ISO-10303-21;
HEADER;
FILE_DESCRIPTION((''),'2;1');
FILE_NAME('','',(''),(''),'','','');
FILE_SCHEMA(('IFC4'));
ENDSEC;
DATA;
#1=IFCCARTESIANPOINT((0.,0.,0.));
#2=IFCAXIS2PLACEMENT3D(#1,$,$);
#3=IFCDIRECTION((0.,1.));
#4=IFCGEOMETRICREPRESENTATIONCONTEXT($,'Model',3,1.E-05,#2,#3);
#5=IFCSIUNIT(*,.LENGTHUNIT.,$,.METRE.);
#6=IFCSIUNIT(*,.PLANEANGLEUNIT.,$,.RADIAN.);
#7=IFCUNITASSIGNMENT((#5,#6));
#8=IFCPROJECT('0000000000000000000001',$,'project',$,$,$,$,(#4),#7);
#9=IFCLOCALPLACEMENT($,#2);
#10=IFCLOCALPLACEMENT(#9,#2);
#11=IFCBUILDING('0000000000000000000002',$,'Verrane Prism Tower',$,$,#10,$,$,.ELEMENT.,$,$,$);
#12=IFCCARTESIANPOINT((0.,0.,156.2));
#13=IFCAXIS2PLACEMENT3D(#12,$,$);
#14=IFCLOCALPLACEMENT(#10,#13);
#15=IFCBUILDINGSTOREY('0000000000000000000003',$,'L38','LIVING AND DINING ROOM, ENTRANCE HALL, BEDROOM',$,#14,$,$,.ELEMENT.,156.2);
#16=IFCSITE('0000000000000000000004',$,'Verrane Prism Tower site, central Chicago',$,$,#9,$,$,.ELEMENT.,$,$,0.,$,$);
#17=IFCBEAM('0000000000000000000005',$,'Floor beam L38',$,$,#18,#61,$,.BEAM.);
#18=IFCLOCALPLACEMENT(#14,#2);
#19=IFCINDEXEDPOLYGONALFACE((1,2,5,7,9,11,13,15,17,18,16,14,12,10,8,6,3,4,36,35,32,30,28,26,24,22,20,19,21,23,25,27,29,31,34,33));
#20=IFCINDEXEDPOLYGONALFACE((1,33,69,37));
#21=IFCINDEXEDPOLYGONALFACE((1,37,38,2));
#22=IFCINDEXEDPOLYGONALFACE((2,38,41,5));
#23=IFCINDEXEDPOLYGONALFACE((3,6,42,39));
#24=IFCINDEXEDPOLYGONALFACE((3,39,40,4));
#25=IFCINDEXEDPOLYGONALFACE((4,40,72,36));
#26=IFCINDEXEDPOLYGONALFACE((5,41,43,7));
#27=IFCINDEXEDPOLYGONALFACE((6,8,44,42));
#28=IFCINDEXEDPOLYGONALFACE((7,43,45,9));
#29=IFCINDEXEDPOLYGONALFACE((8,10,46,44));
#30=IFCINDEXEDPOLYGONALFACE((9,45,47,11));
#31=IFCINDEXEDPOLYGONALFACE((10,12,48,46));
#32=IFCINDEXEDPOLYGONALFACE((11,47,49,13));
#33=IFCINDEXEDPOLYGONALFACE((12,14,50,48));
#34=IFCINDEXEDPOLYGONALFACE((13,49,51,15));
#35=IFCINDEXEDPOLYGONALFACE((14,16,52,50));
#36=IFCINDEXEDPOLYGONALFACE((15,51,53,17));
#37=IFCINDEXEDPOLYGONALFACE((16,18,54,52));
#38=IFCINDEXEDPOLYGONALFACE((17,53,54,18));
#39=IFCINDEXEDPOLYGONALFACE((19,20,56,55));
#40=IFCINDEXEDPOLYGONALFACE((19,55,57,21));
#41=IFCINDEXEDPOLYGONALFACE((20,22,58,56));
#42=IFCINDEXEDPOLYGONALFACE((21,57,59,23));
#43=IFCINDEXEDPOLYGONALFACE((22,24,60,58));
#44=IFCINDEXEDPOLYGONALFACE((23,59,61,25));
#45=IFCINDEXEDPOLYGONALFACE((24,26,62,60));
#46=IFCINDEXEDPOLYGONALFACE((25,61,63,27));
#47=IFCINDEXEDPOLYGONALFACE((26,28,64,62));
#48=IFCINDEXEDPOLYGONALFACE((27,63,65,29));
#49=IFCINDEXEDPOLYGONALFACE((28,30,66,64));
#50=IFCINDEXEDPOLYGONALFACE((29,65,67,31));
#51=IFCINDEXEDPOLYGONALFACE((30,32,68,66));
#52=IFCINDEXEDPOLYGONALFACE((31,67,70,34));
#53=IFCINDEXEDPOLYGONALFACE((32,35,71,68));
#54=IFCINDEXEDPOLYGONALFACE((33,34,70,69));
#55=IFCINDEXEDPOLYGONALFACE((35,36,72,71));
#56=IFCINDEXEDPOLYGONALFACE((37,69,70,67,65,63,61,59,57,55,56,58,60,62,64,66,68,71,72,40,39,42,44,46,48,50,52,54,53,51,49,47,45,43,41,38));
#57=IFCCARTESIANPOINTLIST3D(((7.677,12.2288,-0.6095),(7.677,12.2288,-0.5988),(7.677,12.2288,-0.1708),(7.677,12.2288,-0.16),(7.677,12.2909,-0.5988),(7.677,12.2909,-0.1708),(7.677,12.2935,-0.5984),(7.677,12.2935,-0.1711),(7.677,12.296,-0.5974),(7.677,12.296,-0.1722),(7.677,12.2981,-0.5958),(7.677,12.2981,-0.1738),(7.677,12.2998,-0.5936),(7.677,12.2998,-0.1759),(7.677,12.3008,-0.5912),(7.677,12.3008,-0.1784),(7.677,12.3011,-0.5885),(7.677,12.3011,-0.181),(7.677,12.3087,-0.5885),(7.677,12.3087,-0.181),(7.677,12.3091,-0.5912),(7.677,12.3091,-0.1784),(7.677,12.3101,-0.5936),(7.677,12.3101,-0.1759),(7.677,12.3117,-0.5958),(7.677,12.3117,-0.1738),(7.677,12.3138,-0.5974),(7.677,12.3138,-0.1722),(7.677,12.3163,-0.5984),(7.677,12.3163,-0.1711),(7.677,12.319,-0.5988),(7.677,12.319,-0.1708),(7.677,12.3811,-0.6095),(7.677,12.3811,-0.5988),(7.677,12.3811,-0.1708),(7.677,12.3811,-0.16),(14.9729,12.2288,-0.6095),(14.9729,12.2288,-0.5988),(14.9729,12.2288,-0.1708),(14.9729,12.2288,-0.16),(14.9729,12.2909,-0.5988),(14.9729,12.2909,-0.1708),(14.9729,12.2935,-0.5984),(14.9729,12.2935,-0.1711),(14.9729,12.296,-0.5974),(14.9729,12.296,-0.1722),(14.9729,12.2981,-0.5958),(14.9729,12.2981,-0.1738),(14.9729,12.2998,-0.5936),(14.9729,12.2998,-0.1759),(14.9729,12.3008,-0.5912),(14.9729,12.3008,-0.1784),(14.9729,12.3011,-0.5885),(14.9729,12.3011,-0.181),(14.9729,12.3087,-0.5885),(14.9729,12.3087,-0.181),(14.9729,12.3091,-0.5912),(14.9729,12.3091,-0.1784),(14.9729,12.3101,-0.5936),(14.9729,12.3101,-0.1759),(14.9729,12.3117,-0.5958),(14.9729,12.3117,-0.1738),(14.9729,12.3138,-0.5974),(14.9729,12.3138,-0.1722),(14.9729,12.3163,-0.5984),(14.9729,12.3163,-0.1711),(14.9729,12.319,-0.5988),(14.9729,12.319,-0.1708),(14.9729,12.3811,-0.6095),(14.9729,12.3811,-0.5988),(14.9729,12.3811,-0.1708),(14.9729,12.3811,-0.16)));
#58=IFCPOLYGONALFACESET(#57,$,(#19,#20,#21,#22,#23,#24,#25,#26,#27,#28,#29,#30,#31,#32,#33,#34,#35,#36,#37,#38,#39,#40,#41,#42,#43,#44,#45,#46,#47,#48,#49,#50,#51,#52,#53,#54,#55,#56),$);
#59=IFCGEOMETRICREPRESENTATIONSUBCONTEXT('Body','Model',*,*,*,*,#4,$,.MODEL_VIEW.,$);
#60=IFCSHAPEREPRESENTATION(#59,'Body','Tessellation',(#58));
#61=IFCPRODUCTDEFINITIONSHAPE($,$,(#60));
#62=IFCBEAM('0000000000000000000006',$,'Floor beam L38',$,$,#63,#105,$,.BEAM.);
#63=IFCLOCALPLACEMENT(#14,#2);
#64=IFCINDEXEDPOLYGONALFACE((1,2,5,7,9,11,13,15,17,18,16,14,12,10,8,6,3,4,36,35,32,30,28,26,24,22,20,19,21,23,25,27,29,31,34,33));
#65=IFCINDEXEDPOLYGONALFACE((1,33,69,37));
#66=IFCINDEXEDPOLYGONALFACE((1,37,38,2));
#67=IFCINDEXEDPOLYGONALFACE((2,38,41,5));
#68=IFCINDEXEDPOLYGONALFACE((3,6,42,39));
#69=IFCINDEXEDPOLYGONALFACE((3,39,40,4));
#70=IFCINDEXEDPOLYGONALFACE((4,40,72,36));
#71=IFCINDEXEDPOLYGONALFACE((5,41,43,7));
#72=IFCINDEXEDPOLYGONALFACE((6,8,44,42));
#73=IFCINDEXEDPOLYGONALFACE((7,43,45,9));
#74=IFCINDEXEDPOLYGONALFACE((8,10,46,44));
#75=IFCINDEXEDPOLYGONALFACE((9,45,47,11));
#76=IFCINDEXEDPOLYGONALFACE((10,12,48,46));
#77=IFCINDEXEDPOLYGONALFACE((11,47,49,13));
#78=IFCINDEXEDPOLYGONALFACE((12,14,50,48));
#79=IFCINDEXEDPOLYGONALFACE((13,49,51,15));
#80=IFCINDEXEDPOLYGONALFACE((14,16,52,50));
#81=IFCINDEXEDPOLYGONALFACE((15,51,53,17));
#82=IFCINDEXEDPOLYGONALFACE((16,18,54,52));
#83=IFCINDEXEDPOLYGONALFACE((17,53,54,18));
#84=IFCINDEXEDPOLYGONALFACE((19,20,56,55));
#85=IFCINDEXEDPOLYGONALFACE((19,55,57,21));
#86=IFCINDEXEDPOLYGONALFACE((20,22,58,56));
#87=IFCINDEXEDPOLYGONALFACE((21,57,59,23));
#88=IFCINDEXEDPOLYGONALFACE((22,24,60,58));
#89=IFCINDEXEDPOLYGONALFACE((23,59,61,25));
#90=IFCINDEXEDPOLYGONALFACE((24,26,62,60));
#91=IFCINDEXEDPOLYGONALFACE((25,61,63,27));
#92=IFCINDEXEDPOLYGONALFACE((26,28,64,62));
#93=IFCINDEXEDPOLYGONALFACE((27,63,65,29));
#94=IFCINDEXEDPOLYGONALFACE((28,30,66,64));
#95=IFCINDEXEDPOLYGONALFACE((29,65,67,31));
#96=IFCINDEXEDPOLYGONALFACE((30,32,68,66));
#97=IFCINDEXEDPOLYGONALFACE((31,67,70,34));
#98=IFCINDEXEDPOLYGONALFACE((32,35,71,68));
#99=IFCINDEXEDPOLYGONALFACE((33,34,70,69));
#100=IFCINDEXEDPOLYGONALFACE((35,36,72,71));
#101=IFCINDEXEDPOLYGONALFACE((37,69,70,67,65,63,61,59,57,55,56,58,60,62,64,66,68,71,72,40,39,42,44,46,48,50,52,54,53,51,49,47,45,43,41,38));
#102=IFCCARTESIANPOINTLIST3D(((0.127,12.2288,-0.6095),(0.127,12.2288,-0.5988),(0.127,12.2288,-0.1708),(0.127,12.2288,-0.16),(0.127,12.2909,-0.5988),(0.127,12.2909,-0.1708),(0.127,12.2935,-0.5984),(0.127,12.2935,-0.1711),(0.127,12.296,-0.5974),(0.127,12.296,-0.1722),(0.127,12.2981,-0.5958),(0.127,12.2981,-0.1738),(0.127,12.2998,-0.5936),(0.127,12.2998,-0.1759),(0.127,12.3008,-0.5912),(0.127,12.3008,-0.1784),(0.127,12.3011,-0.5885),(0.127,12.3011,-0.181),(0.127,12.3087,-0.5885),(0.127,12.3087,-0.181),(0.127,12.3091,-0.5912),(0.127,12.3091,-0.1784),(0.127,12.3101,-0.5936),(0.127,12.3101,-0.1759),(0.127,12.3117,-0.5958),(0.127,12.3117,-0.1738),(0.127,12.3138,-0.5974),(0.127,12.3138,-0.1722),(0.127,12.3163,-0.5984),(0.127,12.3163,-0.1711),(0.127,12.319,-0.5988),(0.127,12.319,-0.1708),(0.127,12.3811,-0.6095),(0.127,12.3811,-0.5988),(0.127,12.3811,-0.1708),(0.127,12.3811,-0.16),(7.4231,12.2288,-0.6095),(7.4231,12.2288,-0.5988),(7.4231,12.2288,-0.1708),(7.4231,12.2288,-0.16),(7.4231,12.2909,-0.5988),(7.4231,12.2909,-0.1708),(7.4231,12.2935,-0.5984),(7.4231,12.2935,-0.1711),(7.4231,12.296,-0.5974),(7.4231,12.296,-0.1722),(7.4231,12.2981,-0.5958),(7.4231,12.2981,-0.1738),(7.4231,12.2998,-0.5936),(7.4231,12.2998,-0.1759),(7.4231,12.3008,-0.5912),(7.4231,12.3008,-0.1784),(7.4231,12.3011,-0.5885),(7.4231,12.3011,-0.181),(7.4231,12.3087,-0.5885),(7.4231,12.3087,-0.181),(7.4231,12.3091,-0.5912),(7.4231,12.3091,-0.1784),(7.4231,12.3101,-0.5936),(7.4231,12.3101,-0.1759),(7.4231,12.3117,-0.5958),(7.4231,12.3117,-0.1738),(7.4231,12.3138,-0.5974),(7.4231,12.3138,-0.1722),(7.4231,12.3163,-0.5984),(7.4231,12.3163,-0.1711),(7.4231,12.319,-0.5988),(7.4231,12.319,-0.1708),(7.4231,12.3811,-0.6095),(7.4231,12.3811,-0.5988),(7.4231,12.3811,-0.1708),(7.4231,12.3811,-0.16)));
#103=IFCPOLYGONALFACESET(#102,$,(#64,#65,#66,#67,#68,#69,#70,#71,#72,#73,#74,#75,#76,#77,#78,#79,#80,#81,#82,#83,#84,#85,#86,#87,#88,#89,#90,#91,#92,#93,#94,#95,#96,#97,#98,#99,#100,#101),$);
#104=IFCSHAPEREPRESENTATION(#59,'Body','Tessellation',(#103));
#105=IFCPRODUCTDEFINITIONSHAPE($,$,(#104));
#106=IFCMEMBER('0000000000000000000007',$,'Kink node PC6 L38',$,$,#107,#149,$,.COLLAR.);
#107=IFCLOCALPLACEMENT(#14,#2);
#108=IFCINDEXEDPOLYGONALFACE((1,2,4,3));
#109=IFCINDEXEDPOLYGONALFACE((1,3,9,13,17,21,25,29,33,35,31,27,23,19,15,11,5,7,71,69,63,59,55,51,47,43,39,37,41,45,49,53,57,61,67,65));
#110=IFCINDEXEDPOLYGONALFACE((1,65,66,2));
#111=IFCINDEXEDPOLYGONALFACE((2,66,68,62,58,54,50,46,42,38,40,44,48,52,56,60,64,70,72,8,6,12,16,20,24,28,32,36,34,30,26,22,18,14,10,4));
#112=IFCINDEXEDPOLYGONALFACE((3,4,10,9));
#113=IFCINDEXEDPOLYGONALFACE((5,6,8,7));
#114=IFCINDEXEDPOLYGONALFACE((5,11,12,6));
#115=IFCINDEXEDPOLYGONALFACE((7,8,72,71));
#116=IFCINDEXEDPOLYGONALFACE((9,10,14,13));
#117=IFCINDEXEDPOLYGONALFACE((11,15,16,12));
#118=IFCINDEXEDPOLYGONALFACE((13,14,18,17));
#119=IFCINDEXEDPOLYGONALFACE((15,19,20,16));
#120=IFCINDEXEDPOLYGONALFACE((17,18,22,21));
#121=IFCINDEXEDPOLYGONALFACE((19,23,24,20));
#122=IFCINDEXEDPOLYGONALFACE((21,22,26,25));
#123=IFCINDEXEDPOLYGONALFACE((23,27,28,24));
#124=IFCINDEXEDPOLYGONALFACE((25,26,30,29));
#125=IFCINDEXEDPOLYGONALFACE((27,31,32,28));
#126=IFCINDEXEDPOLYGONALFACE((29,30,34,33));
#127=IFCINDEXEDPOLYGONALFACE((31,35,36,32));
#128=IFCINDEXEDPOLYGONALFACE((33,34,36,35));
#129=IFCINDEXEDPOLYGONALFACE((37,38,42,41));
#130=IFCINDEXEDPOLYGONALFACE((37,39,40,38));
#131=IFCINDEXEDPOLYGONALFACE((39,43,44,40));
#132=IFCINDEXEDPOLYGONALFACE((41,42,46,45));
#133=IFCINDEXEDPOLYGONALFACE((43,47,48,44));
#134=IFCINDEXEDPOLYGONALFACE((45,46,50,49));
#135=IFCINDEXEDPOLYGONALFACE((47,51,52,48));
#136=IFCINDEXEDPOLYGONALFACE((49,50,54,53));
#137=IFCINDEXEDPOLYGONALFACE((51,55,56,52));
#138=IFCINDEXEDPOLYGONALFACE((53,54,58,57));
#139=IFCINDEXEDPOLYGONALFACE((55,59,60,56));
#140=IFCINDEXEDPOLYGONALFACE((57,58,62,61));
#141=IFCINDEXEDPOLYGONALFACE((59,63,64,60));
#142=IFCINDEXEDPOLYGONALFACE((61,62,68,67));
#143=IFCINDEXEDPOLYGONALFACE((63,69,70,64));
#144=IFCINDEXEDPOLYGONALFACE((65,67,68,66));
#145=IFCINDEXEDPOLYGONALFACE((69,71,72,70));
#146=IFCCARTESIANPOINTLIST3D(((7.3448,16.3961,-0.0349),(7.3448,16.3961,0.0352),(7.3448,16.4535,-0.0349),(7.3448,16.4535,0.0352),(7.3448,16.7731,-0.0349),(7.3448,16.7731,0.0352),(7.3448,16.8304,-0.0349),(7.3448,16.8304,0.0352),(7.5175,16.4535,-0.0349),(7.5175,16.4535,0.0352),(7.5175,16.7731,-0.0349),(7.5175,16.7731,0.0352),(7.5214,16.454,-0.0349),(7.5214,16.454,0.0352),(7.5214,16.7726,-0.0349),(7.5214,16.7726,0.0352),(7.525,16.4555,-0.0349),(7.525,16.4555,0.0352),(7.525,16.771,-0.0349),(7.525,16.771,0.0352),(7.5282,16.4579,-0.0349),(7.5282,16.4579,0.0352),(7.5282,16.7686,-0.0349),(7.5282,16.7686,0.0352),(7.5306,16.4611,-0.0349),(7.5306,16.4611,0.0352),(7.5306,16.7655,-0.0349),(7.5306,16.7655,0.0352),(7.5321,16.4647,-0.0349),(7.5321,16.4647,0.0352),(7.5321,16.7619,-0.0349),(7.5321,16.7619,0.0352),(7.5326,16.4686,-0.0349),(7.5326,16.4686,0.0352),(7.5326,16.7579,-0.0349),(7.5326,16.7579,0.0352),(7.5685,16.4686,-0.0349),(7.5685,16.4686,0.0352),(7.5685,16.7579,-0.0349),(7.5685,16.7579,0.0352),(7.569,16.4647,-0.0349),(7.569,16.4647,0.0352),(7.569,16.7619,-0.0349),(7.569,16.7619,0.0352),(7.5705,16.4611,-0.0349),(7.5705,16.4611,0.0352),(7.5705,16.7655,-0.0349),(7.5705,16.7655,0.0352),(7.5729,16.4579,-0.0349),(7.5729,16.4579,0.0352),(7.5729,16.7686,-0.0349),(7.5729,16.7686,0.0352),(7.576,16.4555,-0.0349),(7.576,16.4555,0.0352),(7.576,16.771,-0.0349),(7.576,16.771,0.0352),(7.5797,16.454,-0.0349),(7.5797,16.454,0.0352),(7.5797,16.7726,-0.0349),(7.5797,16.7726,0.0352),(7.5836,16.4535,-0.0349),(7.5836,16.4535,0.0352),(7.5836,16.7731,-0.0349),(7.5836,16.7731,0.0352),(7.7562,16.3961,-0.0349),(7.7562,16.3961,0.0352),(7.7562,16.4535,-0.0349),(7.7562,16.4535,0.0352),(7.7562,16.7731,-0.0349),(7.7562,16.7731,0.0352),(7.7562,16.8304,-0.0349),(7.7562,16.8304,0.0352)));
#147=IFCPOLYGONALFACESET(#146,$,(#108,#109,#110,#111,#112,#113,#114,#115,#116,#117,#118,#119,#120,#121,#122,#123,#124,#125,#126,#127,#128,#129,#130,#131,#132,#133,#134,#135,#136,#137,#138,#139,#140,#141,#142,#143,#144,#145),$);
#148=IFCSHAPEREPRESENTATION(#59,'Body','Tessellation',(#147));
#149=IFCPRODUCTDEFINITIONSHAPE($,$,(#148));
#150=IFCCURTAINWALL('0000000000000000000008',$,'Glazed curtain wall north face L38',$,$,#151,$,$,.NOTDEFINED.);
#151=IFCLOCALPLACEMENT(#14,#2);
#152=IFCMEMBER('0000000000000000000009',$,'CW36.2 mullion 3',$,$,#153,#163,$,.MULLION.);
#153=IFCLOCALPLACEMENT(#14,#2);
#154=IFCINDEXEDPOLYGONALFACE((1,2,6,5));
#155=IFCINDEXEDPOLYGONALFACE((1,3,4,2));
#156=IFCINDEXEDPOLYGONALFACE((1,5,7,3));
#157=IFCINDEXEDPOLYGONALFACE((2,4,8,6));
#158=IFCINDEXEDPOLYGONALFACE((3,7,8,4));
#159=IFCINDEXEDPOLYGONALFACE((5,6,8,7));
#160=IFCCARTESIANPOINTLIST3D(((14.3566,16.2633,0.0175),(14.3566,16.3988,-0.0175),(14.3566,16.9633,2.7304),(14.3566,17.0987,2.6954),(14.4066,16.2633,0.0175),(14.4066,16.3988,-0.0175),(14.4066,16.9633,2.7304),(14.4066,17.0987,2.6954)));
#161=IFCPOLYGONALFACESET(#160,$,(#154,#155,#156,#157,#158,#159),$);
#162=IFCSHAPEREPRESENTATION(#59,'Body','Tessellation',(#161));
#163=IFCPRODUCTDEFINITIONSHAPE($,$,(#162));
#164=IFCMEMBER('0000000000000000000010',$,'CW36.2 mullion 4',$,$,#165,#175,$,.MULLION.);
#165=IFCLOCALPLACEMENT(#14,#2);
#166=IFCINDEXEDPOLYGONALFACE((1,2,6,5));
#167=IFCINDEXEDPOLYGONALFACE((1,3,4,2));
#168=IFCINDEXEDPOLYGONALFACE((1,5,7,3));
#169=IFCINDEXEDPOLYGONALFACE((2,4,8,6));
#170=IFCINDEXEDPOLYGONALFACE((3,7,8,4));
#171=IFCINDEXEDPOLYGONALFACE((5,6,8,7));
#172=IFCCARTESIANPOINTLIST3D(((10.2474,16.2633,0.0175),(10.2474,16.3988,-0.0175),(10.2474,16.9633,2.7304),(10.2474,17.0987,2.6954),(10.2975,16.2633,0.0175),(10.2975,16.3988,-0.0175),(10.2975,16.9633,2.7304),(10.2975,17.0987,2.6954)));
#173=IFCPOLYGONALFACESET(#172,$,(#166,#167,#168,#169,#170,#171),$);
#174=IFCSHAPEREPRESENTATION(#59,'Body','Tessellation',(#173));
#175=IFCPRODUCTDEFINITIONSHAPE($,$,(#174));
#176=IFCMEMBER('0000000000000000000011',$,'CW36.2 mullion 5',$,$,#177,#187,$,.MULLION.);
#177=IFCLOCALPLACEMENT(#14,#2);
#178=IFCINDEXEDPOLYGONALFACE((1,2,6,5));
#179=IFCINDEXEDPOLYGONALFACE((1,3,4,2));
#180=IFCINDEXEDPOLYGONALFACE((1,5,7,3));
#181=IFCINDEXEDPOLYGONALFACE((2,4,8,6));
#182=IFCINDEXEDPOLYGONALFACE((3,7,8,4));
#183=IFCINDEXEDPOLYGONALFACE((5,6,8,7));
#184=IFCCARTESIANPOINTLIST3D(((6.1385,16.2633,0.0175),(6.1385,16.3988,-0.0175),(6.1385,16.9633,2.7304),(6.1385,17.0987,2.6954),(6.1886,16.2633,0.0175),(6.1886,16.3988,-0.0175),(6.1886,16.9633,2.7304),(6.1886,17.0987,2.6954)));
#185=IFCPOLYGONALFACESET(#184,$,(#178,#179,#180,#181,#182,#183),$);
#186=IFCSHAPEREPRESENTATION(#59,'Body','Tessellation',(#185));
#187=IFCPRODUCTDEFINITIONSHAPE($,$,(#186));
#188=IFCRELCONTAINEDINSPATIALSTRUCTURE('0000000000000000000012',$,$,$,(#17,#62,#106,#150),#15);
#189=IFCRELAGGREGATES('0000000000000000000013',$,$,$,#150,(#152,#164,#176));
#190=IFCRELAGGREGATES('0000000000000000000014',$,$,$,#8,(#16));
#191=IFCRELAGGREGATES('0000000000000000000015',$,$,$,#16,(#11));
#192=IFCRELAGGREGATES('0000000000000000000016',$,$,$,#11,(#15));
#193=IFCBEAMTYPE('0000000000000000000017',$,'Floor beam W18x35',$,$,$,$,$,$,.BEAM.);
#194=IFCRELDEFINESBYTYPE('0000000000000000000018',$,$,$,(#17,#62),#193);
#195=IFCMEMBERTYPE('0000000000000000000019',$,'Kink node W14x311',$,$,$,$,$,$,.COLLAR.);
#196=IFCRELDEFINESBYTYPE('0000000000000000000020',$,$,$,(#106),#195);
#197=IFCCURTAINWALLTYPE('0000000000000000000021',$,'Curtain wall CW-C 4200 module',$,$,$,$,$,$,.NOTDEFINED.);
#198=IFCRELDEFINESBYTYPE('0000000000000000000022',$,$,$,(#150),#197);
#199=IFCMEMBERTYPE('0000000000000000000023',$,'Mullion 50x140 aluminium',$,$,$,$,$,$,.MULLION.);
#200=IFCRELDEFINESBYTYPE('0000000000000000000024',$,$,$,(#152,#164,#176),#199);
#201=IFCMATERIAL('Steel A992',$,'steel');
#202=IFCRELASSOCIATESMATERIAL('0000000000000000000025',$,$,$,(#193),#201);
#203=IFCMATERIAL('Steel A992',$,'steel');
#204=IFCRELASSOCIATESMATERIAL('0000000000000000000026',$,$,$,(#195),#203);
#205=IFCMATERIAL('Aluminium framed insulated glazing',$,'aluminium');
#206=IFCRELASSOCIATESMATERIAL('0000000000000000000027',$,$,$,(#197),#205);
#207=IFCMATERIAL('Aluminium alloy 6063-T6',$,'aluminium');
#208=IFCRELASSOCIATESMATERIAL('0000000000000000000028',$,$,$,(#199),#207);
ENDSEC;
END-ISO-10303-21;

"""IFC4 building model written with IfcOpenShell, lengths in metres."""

from ifc_helpers import new_model, si_unit, direction, frame, origin, origin_2d, place, context, subcontext, project, spatial, rectangle, i_section, extrude, material, material_profile, profile_set, type_object, element, aggregate, save


model = new_model("IFC4")

# Units and contexts
model_context = context("Model", 3, precision=1e-05, world=origin(), true_north=direction((0.0, 1.0)))
body_context = subcontext(model_context, "Body", "Model", "MODEL_VIEW")
ifc_project = project(units=[si_unit("LENGTHUNIT", "METRE"), si_unit("PLANEANGLEUNIT", "RADIAN")], contexts=[model_context])

# Site, building, storey
site_placement = place(None, origin())
site = spatial("IfcSite", under=ifc_project, at=site_placement, Name="Verrane Prism Tower site, central Chicago", CompositionType="ELEMENT", RefElevation=0.0)
building_placement = place(site_placement, origin())
building = spatial("IfcBuilding", under=site, at=building_placement, Name="Verrane Prism Tower", CompositionType="ELEMENT")
storey_placement = place(building_placement, frame((0.0, 0.0, 156.2)))
storey = spatial("IfcBuildingStorey", under=building, at=storey_placement, Name="L38", Description="LIVING AND DINING ROOM, ENTRANCE HALL, BEDROOM", CompositionType="ELEMENT", Elevation=156.2)

# Beams
ifc_material_1 = material(Name="Steel A992", Category="steel")
ifc_material_profile_1 = material_profile(ifc_material_1, i_section(OverallWidth=0.1523, OverallDepth=0.4495, WebThickness=0.0076, FlangeThickness=0.0107, FilletRadius=0.0103, at=origin_2d()), Name="W18x35")
ifc_profile_set_1 = profile_set([ifc_material_profile_1], Name="Steel A992")
beam_type_1 = type_object("IfcBeamType", Name="Floor beam W18x35", PredefinedType="BEAM", material=ifc_profile_set_1)
beam_1_placement = place(storey_placement, frame((7.677, 12.3049, -0.3848), z_axis=(1.0, 0.0, 0.0), x_axis=(0.0, 1.0, 0.0)))
element("IfcBeam", 1, at=beam_1_placement, inside=storey, type_object=beam_type_1, Name="Floor beam L38", PredefinedType="BEAM", context=body_context, shape_type="SweptSolid", body=[
    extrude(i_section(OverallWidth=0.1523, OverallDepth=0.4495, WebThickness=0.0076, FlangeThickness=0.0107, FilletRadius=0.0103, at=origin_2d()), origin(), (0.0, 0.0, 1.0), 7.2959),
])
beam_2_placement = place(storey_placement, frame((0.127, 12.3049, -0.3848), z_axis=(1.0, 0.0, 0.0), x_axis=(0.0, 1.0, 0.0)))
element("IfcBeam", 2, at=beam_2_placement, inside=storey, type_object=beam_type_1, Name="Floor beam L38", PredefinedType="BEAM", context=body_context, shape_type="SweptSolid", body=[
    extrude(i_section(OverallWidth=0.1523, OverallDepth=0.4495, WebThickness=0.0076, FlangeThickness=0.0107, FilletRadius=0.0103, at=origin_2d()), origin(), (0.0, 0.0, 1.0), 7.2961),
])

# Member
ifc_material_2 = material(Name="Steel A992", Category="steel")
ifc_material_profile_2 = material_profile(ifc_material_2, i_section(OverallWidth=0.4114, OverallDepth=0.4343, WebThickness=0.0359, FlangeThickness=0.0574, FilletRadius=0.0151, at=origin_2d()), Name="W14x311")
ifc_profile_set_2 = profile_set([ifc_material_profile_2], Name="Steel A992")
member_type_1 = type_object("IfcMemberType", Name="Kink node W14x311", PredefinedType="COLLAR", material=ifc_profile_set_2)
member_1_placement = place(storey_placement, frame((7.5505, 16.6133, -0.0349), z_axis=(0.0, 0.0, 1.0), x_axis=(1.0, 0.0, 0.0)))
element("IfcMember", 3, at=member_1_placement, inside=storey, type_object=member_type_1, Name="Kink node PC6 L38", PredefinedType="COLLAR", context=body_context, shape_type="SweptSolid", body=[
    extrude(i_section(OverallWidth=0.4114, OverallDepth=0.4343, WebThickness=0.0359, FlangeThickness=0.0574, FilletRadius=0.0151, at=origin_2d()), origin(), (0.0, 0.0, 1.0), 0.0701),
])

# Curtain wall, members
ifc_material_3 = material(Name="Aluminium framed insulated glazing", Category="aluminium")
curtain_wall_type = type_object("IfcCurtainWallType", Name="Curtain wall CW-C 4200 module", PredefinedType="NOTDEFINED", material=ifc_material_3)
curtain_wall_placement = place(storey_placement, origin())
curtain_wall = element("IfcCurtainWall", 4, at=curtain_wall_placement, inside=storey, type_object=curtain_wall_type, Name="Glazed curtain wall north face L38", PredefinedType="NOTDEFINED")
ifc_material_4 = material(Name="Aluminium alloy 6063-T6", Category="aluminium")
ifc_material_profile_3 = material_profile(ifc_material_4, rectangle(XDim=0.1399, YDim=0.05, at=origin_2d()), Name="Mullion 50x140 aluminium")
ifc_profile_set_3 = profile_set([ifc_material_profile_3], Name="Aluminium alloy 6063-T6")
member_type_2 = type_object("IfcMemberType", Name="Mullion 50x140 aluminium", PredefinedType="MULLION", material=ifc_profile_set_3)
member_2_placement = place(storey_placement, frame((14.3816, 16.3311, 0.0), z_axis=(0.0, 0.249828, 0.96829), x_axis=(0.0, 0.96829, -0.249828)))
member_2 = element("IfcMember", 5, at=member_2_placement, type_object=member_type_2, Name="CW36.2 mullion 3", PredefinedType="MULLION", context=body_context, shape_type="SweptSolid", body=[
    extrude(rectangle(XDim=0.1399, YDim=0.05, at=origin_2d()), origin(), (0.0, 0.0, 1.0), 2.8018),
])
member_3_placement = place(storey_placement, frame((10.2725, 16.3311, 0.0), z_axis=(0.0, 0.249828, 0.96829), x_axis=(0.0, 0.96829, -0.249828)))
member_3 = element("IfcMember", 6, at=member_3_placement, type_object=member_type_2, Name="CW36.2 mullion 4", PredefinedType="MULLION", context=body_context, shape_type="SweptSolid", body=[
    extrude(rectangle(XDim=0.1399, YDim=0.05, at=origin_2d()), origin(), (0.0, 0.0, 1.0), 2.8018),
])
member_4_placement = place(storey_placement, frame((6.1636, 16.3311, 0.0), z_axis=(0.0, 0.249828, 0.96829), x_axis=(0.0, 0.96829, -0.249828)))
member_4 = element("IfcMember", 7, at=member_4_placement, type_object=member_type_2, Name="CW36.2 mullion 5", PredefinedType="MULLION", context=body_context, shape_type="SweptSolid", body=[
    extrude(rectangle(XDim=0.1399, YDim=0.05, at=origin_2d()), origin(), (0.0, 0.0, 1.0), 2.8018),
])

aggregate(curtain_wall, [member_2, member_3, member_4])

save(model, "model.ifc")
